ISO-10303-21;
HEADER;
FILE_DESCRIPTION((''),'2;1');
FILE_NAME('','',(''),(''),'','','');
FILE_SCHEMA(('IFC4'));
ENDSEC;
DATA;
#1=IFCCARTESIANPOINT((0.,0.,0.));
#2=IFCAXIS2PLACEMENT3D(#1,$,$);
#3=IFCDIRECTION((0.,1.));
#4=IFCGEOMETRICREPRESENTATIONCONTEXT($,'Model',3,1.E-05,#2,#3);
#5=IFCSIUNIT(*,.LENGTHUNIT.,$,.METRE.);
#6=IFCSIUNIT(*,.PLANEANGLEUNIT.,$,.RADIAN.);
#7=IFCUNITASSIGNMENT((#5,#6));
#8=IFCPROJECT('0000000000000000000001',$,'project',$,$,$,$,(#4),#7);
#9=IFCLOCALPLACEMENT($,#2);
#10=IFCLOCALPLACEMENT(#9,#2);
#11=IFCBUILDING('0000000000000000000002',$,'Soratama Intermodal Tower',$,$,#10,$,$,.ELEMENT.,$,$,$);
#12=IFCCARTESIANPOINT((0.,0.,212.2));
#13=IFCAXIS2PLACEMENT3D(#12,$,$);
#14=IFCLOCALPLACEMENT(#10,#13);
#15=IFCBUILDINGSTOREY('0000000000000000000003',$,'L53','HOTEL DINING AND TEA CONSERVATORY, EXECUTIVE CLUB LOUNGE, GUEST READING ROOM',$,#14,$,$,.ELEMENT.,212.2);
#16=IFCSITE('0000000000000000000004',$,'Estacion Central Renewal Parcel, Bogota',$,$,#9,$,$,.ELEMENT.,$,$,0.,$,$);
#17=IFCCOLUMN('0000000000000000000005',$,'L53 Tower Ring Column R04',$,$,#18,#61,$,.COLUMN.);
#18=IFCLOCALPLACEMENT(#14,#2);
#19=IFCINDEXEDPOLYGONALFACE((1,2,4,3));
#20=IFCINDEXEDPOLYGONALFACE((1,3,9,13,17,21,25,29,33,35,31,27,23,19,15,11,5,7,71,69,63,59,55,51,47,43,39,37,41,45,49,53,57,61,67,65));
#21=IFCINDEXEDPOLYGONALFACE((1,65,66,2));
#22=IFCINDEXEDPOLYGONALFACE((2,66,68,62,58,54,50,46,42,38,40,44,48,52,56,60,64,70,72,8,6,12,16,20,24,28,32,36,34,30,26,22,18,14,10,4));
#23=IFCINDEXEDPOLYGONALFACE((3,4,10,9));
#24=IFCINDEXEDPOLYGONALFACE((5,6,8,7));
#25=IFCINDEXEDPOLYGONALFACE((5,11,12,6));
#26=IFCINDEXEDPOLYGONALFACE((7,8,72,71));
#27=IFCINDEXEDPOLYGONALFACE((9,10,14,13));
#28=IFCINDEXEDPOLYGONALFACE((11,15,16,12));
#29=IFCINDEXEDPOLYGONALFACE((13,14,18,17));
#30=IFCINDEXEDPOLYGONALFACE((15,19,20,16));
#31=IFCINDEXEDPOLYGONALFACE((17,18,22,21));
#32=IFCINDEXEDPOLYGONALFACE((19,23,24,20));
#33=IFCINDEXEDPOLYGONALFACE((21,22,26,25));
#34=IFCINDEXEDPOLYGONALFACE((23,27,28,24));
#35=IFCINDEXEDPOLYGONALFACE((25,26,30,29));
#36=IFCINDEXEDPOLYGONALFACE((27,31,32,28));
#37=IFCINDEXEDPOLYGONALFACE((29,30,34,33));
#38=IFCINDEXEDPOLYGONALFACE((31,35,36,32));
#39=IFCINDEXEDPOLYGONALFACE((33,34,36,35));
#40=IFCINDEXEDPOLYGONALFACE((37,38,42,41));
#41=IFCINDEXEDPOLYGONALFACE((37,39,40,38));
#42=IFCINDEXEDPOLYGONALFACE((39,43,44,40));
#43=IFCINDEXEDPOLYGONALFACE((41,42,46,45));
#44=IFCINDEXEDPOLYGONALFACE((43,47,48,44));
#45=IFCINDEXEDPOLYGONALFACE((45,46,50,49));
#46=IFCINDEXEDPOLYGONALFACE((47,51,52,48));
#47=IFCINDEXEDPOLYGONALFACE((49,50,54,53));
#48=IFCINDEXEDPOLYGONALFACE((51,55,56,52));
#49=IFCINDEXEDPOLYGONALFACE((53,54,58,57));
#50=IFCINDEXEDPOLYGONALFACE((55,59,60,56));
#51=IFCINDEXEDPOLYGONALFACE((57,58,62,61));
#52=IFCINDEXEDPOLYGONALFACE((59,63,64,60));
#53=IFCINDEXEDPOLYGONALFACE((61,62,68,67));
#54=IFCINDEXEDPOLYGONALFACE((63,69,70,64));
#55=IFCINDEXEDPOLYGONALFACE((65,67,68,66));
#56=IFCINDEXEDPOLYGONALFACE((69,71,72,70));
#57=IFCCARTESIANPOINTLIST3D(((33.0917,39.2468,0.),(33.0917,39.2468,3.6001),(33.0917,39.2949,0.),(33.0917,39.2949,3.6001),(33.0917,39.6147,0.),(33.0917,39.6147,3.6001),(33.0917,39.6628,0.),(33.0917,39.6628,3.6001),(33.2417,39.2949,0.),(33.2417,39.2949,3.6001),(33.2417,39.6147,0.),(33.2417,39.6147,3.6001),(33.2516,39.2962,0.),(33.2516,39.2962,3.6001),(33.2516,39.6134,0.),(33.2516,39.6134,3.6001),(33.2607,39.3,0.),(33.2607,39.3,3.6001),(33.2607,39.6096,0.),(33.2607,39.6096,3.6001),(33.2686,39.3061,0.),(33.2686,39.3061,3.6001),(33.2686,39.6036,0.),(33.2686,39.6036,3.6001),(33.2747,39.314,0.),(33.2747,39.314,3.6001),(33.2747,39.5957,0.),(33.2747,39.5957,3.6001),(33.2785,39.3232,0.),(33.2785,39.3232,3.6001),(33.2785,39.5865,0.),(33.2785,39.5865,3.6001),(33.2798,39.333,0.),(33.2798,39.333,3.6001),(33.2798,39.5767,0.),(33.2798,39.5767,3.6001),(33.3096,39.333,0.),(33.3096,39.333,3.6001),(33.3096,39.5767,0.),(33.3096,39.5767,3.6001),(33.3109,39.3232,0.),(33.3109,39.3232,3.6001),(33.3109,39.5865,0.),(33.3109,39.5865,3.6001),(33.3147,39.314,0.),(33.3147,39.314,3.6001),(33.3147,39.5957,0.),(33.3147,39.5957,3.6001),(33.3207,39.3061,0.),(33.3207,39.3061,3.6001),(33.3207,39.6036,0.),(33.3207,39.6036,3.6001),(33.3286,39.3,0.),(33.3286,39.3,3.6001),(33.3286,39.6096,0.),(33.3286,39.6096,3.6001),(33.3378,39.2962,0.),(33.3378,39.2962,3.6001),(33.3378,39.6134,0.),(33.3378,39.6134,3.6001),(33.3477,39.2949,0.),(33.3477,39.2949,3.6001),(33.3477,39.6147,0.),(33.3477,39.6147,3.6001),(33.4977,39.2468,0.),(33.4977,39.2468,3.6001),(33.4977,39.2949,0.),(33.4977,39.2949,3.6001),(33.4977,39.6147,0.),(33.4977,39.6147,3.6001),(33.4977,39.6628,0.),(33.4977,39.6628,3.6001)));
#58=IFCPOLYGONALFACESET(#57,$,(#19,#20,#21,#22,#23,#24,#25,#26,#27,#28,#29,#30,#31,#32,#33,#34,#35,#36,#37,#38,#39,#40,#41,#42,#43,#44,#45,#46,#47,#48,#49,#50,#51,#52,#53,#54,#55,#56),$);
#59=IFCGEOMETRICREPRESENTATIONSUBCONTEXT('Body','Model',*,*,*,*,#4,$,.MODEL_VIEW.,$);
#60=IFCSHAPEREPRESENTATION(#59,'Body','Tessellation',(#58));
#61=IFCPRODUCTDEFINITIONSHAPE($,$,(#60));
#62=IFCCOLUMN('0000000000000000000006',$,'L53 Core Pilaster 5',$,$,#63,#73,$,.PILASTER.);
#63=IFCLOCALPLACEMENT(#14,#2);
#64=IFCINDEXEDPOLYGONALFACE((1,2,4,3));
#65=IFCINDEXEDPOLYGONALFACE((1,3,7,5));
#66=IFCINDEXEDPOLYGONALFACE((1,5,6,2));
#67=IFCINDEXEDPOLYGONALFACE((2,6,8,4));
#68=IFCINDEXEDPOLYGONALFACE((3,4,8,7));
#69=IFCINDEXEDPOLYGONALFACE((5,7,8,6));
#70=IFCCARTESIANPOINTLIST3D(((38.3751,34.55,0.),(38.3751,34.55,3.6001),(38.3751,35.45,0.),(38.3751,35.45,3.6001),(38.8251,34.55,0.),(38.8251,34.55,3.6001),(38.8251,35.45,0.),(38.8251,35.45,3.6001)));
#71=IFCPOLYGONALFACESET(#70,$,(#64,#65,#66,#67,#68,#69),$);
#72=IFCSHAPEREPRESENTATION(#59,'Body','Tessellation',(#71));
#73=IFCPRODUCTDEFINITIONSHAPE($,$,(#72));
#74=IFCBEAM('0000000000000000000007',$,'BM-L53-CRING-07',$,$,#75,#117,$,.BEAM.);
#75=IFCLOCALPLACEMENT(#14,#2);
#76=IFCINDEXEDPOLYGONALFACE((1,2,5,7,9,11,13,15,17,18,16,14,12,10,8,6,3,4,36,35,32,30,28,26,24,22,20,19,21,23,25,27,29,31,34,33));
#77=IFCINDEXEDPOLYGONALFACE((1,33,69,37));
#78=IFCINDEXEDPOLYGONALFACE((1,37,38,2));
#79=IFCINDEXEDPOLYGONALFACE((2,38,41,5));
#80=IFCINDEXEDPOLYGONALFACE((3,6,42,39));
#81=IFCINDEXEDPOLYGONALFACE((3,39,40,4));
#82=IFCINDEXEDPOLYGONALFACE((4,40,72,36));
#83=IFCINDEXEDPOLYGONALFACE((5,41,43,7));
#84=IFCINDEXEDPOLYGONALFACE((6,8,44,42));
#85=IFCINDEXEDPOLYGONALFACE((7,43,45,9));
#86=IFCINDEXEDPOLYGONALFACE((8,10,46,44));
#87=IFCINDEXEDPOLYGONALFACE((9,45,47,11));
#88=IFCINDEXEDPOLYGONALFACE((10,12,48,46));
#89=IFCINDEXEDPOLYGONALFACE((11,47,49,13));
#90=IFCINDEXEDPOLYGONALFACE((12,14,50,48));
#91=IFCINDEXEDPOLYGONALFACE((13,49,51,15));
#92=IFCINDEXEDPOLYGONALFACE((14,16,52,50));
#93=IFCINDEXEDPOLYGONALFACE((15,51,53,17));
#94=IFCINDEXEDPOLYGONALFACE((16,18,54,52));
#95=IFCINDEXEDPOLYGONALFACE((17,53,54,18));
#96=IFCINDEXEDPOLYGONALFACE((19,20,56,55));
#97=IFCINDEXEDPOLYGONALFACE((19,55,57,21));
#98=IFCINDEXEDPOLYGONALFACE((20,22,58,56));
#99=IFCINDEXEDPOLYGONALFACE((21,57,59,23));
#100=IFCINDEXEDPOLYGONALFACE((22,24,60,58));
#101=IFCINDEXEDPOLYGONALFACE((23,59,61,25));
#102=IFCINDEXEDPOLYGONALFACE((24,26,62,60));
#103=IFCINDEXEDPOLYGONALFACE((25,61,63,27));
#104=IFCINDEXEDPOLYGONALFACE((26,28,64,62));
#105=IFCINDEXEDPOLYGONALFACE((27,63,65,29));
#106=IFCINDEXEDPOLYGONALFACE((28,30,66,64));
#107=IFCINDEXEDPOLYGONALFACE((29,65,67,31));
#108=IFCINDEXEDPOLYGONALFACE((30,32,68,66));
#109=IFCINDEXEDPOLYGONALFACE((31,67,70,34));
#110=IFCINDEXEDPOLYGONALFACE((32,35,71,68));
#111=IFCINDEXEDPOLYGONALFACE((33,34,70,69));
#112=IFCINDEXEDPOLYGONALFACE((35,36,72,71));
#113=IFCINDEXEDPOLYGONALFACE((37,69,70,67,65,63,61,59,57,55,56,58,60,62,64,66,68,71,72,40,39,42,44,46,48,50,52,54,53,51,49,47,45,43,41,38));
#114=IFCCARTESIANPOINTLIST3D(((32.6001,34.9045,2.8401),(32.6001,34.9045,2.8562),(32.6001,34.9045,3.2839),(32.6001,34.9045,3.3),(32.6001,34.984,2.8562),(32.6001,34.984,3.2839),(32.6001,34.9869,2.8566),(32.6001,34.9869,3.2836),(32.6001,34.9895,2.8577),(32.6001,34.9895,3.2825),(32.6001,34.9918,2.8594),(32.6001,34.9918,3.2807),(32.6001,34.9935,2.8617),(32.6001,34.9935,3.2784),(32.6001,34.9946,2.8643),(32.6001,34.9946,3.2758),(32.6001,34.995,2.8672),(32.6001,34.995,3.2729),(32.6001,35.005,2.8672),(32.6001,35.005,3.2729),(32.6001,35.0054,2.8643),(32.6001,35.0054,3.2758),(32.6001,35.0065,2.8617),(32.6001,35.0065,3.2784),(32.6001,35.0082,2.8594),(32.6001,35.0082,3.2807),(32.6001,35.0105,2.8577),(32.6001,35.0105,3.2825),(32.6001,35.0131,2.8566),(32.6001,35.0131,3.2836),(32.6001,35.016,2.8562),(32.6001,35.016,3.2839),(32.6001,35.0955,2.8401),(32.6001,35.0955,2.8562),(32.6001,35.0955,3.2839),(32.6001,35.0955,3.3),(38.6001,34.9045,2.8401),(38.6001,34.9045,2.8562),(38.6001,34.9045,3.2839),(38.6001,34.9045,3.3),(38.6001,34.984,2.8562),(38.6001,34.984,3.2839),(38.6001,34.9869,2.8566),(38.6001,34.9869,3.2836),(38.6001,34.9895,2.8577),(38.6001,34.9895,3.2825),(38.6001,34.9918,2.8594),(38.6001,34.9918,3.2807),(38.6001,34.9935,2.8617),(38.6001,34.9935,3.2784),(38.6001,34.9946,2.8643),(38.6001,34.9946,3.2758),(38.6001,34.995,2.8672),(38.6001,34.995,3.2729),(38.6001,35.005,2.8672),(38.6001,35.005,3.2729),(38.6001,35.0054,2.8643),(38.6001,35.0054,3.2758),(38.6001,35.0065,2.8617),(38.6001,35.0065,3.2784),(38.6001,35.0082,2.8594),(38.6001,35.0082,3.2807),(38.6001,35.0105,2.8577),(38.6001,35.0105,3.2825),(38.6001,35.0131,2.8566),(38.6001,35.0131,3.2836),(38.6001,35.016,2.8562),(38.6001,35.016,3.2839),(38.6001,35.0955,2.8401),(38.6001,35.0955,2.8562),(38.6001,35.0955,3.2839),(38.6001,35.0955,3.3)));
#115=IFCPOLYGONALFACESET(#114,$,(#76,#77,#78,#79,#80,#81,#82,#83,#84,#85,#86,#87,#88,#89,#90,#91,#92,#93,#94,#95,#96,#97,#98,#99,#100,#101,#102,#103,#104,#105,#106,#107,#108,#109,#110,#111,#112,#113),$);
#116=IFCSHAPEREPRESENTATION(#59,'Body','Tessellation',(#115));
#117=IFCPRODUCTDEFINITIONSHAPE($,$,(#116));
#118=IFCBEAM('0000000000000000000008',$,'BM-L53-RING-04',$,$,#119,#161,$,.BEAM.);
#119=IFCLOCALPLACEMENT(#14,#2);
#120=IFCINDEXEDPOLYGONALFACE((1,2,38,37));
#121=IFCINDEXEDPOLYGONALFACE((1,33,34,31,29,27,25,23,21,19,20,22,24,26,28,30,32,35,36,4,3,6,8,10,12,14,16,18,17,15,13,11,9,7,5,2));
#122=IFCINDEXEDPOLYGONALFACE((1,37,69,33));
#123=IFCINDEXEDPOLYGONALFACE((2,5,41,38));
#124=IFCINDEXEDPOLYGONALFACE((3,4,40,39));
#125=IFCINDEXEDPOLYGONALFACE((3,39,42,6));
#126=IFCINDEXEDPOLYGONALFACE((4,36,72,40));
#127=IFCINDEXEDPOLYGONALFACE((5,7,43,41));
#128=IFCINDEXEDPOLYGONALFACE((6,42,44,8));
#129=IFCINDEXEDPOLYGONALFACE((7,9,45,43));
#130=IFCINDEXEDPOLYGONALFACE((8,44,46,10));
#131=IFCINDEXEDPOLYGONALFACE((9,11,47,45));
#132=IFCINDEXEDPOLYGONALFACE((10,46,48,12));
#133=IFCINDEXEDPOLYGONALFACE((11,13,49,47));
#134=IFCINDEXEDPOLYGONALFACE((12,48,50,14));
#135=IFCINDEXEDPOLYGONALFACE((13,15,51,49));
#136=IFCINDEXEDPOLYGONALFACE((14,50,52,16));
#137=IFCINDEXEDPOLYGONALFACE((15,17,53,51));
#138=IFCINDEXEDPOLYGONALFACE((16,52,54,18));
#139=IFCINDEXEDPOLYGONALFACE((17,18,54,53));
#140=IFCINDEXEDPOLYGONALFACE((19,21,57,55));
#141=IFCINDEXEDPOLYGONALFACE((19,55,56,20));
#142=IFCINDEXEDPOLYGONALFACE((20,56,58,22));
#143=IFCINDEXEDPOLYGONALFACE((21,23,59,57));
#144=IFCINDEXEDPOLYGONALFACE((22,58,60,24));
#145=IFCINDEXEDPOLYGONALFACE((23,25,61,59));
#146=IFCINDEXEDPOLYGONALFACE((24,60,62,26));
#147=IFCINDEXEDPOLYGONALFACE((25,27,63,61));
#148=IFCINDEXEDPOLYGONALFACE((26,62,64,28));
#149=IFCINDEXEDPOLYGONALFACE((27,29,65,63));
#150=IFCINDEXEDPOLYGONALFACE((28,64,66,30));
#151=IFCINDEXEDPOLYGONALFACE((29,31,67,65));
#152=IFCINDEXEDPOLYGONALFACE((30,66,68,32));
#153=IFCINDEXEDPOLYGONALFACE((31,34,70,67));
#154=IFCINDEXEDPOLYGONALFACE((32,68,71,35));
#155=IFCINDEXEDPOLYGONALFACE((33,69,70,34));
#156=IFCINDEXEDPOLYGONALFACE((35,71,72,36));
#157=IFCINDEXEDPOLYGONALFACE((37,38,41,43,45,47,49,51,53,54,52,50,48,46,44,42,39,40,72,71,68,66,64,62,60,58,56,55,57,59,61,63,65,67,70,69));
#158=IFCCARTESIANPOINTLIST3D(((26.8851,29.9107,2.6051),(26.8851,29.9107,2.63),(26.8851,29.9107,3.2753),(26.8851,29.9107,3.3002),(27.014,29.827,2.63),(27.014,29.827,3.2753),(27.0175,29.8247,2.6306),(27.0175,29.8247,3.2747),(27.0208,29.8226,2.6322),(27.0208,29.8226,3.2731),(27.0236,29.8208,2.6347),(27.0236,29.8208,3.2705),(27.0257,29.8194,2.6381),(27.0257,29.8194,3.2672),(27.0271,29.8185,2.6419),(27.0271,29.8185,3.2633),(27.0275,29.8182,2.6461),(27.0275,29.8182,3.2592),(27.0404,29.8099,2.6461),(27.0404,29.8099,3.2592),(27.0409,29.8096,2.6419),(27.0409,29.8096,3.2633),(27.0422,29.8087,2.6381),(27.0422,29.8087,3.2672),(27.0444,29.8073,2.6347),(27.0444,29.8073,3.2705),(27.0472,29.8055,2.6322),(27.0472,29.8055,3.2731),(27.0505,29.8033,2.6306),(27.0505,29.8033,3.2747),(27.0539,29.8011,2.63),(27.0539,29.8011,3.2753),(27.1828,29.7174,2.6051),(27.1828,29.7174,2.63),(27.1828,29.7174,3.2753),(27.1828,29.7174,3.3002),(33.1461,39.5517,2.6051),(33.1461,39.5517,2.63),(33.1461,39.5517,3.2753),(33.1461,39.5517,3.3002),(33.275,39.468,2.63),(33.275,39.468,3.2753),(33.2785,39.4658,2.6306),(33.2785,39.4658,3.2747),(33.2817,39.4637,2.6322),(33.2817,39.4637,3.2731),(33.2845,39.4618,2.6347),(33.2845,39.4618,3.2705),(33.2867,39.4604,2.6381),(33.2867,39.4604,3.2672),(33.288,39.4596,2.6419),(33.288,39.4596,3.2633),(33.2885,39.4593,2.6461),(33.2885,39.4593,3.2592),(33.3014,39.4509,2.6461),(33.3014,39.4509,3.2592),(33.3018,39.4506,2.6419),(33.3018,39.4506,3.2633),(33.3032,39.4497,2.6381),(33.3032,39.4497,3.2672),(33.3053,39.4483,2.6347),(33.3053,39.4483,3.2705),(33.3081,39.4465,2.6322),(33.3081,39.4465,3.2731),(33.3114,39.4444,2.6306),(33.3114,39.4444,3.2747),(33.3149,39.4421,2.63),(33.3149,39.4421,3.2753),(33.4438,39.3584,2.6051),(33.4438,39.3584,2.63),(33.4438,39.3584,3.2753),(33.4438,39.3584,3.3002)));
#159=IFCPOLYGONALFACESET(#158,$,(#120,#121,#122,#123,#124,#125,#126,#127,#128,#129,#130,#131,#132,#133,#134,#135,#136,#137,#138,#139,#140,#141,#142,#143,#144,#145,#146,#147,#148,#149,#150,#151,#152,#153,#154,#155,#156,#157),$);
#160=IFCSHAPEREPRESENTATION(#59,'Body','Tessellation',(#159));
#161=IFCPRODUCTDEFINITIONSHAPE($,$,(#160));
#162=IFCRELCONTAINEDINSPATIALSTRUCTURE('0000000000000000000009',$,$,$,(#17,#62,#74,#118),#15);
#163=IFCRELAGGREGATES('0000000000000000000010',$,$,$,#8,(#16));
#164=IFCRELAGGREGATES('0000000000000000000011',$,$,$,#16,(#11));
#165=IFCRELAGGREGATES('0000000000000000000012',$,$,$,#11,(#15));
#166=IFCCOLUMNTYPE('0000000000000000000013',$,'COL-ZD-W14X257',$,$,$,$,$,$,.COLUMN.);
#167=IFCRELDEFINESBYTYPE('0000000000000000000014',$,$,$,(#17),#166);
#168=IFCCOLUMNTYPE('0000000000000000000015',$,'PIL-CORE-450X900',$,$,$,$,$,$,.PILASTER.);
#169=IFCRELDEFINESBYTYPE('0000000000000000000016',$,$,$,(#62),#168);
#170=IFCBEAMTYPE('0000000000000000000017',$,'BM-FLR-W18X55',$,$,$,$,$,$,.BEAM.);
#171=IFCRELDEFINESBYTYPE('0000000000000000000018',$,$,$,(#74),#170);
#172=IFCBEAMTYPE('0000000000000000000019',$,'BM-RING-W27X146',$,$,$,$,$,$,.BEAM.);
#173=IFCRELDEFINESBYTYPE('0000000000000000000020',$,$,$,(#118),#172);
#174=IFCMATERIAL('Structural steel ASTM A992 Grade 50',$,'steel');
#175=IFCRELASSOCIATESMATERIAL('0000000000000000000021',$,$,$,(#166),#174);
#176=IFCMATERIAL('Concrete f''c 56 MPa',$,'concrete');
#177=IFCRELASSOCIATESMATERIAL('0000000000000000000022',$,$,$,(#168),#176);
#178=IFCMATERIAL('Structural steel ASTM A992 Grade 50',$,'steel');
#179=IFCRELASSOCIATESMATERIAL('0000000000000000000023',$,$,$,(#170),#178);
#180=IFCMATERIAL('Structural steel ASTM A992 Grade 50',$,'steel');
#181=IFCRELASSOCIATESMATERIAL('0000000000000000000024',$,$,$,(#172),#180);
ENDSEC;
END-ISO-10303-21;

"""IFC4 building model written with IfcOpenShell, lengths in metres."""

from ifc_helpers import new_model, si_unit, direction, frame, origin, origin_2d, place, context, subcontext, project, spatial, rectangle, i_section, extrude, material, material_profile, profile_set, type_object, element, save


model = new_model("IFC4")

# Units and contexts
model_context = context("Model", 3, precision=1e-05, world=origin(), true_north=direction((0.0, 1.0)))
body_context = subcontext(model_context, "Body", "Model", "MODEL_VIEW")
ifc_project = project(units=[si_unit("LENGTHUNIT", "METRE"), si_unit("PLANEANGLEUNIT", "RADIAN")], contexts=[model_context])

# Site, building, storey
site_placement = place(None, origin())
site = spatial("IfcSite", under=ifc_project, at=site_placement, Name="Estacion Central Renewal Parcel, Bogota", CompositionType="ELEMENT", RefElevation=0.0)
building_placement = place(site_placement, origin())
building = spatial("IfcBuilding", under=site, at=building_placement, Name="Soratama Intermodal Tower", CompositionType="ELEMENT")
storey_placement = place(building_placement, frame((0.0, 0.0, 212.2)))
storey = spatial("IfcBuildingStorey", under=building, at=storey_placement, Name="L53", Description="HOTEL DINING AND TEA CONSERVATORY, EXECUTIVE CLUB LOUNGE, GUEST READING ROOM", CompositionType="ELEMENT", Elevation=212.2)

# Columns
ifc_material_1 = material(Name="Structural steel ASTM A992 Grade 50", Category="steel")
ifc_material_profile_1 = material_profile(ifc_material_1, i_section(OverallWidth=0.406, OverallDepth=0.416, WebThickness=0.0298, FlangeThickness=0.0481, FilletRadius=0.0381, at=origin_2d()), Name="W14X257")
ifc_profile_set_1 = profile_set([ifc_material_profile_1], Name="Structural steel ASTM A992 Grade 50")
column_type_1 = type_object("IfcColumnType", Name="COL-ZD-W14X257", PredefinedType="COLUMN", material=ifc_profile_set_1)
column_1_placement = place(storey_placement, frame((33.2947, 39.4548, 0.0), z_axis=(0.0, 0.0, 1.0), x_axis=(1.0, 0.0, 0.0)))
element("IfcColumn", 1, at=column_1_placement, inside=storey, type_object=column_type_1, Name="L53 Tower Ring Column R04", PredefinedType="COLUMN", context=body_context, shape_type="SweptSolid", body=[
    extrude(i_section(OverallWidth=0.406, OverallDepth=0.416, WebThickness=0.0298, FlangeThickness=0.0481, FilletRadius=0.0381, at=origin_2d()), origin(), (0.0, 0.0, 1.0), 3.6001),
])
ifc_material_2 = material(Name="Concrete f'c 56 MPa", Category="concrete")
ifc_material_profile_2 = material_profile(ifc_material_2, rectangle(XDim=0.45, YDim=0.8999, at=origin_2d()), Name="RC450X900")
ifc_profile_set_2 = profile_set([ifc_material_profile_2], Name="Concrete f'c 56 MPa")
column_type_2 = type_object("IfcColumnType", Name="PIL-CORE-450X900", PredefinedType="PILASTER", material=ifc_profile_set_2)
column_2_placement = place(storey_placement, frame((38.6001, 35.0, 0.0), z_axis=(0.0, 0.0, 1.0), x_axis=(1.0, 0.0, 0.0)))
element("IfcColumn", 2, at=column_2_placement, inside=storey, type_object=column_type_2, Name="L53 Core Pilaster 5", PredefinedType="PILASTER", context=body_context, shape_type="SweptSolid", body=[
    extrude(rectangle(XDim=0.45, YDim=0.8999, at=origin_2d()), origin(), (0.0, 0.0, 1.0), 3.6001),
])

# Beams
ifc_material_3 = material(Name="Structural steel ASTM A992 Grade 50", Category="steel")
ifc_material_profile_3 = material_profile(ifc_material_3, i_section(OverallWidth=0.1909, OverallDepth=0.46, WebThickness=0.01, FlangeThickness=0.0161, FilletRadius=0.011, at=origin_2d()), Name="W18X55")
ifc_profile_set_3 = profile_set([ifc_material_profile_3], Name="Structural steel ASTM A992 Grade 50")
beam_type_1 = type_object("IfcBeamType", Name="BM-FLR-W18X55", PredefinedType="BEAM", material=ifc_profile_set_3)
beam_1_placement = place(storey_placement, frame((38.6001, 35.0, 3.0701), z_axis=(-1.0, 0.0, 0.0), x_axis=(0.0, -1.0, 0.0)))
element("IfcBeam", 3, at=beam_1_placement, inside=storey, type_object=beam_type_1, Name="BM-L53-CRING-07", PredefinedType="BEAM", context=body_context, shape_type="SweptSolid", body=[
    extrude(i_section(OverallWidth=0.1909, OverallDepth=0.46, WebThickness=0.01, FlangeThickness=0.0161, FilletRadius=0.011, at=origin_2d()), origin(), (0.0, 0.0, 1.0), 6.0),
])
ifc_material_4 = material(Name="Structural steel ASTM A992 Grade 50", Category="steel")
ifc_material_profile_4 = material_profile(ifc_material_4, i_section(OverallWidth=0.355, OverallDepth=0.6951, WebThickness=0.0154, FlangeThickness=0.0249, FilletRadius=0.0161, at=origin_2d()), Name="W27X146")
ifc_profile_set_4 = profile_set([ifc_material_profile_4], Name="Structural steel ASTM A992 Grade 50")
beam_type_2 = type_object("IfcBeamType", Name="BM-RING-W27X146", PredefinedType="BEAM", material=ifc_profile_set_4)
beam_2_placement = place(storey_placement, frame((33.2949, 39.4551, 2.9526), z_axis=(-0.544637, -0.838672, 0.0), x_axis=(0.838672, -0.544637, 0.0)))
element("IfcBeam", 4, at=beam_2_placement, inside=storey, type_object=beam_type_2, Name="BM-L53-RING-04", PredefinedType="BEAM", context=body_context, shape_type="SweptSolid", body=[
    extrude(i_section(OverallWidth=0.355, OverallDepth=0.6951, WebThickness=0.0154, FlangeThickness=0.0249, FilletRadius=0.0161, at=origin_2d()), origin(), (0.0, 0.0, 1.0), 11.4956),
])

save(model, "model.ifc")
